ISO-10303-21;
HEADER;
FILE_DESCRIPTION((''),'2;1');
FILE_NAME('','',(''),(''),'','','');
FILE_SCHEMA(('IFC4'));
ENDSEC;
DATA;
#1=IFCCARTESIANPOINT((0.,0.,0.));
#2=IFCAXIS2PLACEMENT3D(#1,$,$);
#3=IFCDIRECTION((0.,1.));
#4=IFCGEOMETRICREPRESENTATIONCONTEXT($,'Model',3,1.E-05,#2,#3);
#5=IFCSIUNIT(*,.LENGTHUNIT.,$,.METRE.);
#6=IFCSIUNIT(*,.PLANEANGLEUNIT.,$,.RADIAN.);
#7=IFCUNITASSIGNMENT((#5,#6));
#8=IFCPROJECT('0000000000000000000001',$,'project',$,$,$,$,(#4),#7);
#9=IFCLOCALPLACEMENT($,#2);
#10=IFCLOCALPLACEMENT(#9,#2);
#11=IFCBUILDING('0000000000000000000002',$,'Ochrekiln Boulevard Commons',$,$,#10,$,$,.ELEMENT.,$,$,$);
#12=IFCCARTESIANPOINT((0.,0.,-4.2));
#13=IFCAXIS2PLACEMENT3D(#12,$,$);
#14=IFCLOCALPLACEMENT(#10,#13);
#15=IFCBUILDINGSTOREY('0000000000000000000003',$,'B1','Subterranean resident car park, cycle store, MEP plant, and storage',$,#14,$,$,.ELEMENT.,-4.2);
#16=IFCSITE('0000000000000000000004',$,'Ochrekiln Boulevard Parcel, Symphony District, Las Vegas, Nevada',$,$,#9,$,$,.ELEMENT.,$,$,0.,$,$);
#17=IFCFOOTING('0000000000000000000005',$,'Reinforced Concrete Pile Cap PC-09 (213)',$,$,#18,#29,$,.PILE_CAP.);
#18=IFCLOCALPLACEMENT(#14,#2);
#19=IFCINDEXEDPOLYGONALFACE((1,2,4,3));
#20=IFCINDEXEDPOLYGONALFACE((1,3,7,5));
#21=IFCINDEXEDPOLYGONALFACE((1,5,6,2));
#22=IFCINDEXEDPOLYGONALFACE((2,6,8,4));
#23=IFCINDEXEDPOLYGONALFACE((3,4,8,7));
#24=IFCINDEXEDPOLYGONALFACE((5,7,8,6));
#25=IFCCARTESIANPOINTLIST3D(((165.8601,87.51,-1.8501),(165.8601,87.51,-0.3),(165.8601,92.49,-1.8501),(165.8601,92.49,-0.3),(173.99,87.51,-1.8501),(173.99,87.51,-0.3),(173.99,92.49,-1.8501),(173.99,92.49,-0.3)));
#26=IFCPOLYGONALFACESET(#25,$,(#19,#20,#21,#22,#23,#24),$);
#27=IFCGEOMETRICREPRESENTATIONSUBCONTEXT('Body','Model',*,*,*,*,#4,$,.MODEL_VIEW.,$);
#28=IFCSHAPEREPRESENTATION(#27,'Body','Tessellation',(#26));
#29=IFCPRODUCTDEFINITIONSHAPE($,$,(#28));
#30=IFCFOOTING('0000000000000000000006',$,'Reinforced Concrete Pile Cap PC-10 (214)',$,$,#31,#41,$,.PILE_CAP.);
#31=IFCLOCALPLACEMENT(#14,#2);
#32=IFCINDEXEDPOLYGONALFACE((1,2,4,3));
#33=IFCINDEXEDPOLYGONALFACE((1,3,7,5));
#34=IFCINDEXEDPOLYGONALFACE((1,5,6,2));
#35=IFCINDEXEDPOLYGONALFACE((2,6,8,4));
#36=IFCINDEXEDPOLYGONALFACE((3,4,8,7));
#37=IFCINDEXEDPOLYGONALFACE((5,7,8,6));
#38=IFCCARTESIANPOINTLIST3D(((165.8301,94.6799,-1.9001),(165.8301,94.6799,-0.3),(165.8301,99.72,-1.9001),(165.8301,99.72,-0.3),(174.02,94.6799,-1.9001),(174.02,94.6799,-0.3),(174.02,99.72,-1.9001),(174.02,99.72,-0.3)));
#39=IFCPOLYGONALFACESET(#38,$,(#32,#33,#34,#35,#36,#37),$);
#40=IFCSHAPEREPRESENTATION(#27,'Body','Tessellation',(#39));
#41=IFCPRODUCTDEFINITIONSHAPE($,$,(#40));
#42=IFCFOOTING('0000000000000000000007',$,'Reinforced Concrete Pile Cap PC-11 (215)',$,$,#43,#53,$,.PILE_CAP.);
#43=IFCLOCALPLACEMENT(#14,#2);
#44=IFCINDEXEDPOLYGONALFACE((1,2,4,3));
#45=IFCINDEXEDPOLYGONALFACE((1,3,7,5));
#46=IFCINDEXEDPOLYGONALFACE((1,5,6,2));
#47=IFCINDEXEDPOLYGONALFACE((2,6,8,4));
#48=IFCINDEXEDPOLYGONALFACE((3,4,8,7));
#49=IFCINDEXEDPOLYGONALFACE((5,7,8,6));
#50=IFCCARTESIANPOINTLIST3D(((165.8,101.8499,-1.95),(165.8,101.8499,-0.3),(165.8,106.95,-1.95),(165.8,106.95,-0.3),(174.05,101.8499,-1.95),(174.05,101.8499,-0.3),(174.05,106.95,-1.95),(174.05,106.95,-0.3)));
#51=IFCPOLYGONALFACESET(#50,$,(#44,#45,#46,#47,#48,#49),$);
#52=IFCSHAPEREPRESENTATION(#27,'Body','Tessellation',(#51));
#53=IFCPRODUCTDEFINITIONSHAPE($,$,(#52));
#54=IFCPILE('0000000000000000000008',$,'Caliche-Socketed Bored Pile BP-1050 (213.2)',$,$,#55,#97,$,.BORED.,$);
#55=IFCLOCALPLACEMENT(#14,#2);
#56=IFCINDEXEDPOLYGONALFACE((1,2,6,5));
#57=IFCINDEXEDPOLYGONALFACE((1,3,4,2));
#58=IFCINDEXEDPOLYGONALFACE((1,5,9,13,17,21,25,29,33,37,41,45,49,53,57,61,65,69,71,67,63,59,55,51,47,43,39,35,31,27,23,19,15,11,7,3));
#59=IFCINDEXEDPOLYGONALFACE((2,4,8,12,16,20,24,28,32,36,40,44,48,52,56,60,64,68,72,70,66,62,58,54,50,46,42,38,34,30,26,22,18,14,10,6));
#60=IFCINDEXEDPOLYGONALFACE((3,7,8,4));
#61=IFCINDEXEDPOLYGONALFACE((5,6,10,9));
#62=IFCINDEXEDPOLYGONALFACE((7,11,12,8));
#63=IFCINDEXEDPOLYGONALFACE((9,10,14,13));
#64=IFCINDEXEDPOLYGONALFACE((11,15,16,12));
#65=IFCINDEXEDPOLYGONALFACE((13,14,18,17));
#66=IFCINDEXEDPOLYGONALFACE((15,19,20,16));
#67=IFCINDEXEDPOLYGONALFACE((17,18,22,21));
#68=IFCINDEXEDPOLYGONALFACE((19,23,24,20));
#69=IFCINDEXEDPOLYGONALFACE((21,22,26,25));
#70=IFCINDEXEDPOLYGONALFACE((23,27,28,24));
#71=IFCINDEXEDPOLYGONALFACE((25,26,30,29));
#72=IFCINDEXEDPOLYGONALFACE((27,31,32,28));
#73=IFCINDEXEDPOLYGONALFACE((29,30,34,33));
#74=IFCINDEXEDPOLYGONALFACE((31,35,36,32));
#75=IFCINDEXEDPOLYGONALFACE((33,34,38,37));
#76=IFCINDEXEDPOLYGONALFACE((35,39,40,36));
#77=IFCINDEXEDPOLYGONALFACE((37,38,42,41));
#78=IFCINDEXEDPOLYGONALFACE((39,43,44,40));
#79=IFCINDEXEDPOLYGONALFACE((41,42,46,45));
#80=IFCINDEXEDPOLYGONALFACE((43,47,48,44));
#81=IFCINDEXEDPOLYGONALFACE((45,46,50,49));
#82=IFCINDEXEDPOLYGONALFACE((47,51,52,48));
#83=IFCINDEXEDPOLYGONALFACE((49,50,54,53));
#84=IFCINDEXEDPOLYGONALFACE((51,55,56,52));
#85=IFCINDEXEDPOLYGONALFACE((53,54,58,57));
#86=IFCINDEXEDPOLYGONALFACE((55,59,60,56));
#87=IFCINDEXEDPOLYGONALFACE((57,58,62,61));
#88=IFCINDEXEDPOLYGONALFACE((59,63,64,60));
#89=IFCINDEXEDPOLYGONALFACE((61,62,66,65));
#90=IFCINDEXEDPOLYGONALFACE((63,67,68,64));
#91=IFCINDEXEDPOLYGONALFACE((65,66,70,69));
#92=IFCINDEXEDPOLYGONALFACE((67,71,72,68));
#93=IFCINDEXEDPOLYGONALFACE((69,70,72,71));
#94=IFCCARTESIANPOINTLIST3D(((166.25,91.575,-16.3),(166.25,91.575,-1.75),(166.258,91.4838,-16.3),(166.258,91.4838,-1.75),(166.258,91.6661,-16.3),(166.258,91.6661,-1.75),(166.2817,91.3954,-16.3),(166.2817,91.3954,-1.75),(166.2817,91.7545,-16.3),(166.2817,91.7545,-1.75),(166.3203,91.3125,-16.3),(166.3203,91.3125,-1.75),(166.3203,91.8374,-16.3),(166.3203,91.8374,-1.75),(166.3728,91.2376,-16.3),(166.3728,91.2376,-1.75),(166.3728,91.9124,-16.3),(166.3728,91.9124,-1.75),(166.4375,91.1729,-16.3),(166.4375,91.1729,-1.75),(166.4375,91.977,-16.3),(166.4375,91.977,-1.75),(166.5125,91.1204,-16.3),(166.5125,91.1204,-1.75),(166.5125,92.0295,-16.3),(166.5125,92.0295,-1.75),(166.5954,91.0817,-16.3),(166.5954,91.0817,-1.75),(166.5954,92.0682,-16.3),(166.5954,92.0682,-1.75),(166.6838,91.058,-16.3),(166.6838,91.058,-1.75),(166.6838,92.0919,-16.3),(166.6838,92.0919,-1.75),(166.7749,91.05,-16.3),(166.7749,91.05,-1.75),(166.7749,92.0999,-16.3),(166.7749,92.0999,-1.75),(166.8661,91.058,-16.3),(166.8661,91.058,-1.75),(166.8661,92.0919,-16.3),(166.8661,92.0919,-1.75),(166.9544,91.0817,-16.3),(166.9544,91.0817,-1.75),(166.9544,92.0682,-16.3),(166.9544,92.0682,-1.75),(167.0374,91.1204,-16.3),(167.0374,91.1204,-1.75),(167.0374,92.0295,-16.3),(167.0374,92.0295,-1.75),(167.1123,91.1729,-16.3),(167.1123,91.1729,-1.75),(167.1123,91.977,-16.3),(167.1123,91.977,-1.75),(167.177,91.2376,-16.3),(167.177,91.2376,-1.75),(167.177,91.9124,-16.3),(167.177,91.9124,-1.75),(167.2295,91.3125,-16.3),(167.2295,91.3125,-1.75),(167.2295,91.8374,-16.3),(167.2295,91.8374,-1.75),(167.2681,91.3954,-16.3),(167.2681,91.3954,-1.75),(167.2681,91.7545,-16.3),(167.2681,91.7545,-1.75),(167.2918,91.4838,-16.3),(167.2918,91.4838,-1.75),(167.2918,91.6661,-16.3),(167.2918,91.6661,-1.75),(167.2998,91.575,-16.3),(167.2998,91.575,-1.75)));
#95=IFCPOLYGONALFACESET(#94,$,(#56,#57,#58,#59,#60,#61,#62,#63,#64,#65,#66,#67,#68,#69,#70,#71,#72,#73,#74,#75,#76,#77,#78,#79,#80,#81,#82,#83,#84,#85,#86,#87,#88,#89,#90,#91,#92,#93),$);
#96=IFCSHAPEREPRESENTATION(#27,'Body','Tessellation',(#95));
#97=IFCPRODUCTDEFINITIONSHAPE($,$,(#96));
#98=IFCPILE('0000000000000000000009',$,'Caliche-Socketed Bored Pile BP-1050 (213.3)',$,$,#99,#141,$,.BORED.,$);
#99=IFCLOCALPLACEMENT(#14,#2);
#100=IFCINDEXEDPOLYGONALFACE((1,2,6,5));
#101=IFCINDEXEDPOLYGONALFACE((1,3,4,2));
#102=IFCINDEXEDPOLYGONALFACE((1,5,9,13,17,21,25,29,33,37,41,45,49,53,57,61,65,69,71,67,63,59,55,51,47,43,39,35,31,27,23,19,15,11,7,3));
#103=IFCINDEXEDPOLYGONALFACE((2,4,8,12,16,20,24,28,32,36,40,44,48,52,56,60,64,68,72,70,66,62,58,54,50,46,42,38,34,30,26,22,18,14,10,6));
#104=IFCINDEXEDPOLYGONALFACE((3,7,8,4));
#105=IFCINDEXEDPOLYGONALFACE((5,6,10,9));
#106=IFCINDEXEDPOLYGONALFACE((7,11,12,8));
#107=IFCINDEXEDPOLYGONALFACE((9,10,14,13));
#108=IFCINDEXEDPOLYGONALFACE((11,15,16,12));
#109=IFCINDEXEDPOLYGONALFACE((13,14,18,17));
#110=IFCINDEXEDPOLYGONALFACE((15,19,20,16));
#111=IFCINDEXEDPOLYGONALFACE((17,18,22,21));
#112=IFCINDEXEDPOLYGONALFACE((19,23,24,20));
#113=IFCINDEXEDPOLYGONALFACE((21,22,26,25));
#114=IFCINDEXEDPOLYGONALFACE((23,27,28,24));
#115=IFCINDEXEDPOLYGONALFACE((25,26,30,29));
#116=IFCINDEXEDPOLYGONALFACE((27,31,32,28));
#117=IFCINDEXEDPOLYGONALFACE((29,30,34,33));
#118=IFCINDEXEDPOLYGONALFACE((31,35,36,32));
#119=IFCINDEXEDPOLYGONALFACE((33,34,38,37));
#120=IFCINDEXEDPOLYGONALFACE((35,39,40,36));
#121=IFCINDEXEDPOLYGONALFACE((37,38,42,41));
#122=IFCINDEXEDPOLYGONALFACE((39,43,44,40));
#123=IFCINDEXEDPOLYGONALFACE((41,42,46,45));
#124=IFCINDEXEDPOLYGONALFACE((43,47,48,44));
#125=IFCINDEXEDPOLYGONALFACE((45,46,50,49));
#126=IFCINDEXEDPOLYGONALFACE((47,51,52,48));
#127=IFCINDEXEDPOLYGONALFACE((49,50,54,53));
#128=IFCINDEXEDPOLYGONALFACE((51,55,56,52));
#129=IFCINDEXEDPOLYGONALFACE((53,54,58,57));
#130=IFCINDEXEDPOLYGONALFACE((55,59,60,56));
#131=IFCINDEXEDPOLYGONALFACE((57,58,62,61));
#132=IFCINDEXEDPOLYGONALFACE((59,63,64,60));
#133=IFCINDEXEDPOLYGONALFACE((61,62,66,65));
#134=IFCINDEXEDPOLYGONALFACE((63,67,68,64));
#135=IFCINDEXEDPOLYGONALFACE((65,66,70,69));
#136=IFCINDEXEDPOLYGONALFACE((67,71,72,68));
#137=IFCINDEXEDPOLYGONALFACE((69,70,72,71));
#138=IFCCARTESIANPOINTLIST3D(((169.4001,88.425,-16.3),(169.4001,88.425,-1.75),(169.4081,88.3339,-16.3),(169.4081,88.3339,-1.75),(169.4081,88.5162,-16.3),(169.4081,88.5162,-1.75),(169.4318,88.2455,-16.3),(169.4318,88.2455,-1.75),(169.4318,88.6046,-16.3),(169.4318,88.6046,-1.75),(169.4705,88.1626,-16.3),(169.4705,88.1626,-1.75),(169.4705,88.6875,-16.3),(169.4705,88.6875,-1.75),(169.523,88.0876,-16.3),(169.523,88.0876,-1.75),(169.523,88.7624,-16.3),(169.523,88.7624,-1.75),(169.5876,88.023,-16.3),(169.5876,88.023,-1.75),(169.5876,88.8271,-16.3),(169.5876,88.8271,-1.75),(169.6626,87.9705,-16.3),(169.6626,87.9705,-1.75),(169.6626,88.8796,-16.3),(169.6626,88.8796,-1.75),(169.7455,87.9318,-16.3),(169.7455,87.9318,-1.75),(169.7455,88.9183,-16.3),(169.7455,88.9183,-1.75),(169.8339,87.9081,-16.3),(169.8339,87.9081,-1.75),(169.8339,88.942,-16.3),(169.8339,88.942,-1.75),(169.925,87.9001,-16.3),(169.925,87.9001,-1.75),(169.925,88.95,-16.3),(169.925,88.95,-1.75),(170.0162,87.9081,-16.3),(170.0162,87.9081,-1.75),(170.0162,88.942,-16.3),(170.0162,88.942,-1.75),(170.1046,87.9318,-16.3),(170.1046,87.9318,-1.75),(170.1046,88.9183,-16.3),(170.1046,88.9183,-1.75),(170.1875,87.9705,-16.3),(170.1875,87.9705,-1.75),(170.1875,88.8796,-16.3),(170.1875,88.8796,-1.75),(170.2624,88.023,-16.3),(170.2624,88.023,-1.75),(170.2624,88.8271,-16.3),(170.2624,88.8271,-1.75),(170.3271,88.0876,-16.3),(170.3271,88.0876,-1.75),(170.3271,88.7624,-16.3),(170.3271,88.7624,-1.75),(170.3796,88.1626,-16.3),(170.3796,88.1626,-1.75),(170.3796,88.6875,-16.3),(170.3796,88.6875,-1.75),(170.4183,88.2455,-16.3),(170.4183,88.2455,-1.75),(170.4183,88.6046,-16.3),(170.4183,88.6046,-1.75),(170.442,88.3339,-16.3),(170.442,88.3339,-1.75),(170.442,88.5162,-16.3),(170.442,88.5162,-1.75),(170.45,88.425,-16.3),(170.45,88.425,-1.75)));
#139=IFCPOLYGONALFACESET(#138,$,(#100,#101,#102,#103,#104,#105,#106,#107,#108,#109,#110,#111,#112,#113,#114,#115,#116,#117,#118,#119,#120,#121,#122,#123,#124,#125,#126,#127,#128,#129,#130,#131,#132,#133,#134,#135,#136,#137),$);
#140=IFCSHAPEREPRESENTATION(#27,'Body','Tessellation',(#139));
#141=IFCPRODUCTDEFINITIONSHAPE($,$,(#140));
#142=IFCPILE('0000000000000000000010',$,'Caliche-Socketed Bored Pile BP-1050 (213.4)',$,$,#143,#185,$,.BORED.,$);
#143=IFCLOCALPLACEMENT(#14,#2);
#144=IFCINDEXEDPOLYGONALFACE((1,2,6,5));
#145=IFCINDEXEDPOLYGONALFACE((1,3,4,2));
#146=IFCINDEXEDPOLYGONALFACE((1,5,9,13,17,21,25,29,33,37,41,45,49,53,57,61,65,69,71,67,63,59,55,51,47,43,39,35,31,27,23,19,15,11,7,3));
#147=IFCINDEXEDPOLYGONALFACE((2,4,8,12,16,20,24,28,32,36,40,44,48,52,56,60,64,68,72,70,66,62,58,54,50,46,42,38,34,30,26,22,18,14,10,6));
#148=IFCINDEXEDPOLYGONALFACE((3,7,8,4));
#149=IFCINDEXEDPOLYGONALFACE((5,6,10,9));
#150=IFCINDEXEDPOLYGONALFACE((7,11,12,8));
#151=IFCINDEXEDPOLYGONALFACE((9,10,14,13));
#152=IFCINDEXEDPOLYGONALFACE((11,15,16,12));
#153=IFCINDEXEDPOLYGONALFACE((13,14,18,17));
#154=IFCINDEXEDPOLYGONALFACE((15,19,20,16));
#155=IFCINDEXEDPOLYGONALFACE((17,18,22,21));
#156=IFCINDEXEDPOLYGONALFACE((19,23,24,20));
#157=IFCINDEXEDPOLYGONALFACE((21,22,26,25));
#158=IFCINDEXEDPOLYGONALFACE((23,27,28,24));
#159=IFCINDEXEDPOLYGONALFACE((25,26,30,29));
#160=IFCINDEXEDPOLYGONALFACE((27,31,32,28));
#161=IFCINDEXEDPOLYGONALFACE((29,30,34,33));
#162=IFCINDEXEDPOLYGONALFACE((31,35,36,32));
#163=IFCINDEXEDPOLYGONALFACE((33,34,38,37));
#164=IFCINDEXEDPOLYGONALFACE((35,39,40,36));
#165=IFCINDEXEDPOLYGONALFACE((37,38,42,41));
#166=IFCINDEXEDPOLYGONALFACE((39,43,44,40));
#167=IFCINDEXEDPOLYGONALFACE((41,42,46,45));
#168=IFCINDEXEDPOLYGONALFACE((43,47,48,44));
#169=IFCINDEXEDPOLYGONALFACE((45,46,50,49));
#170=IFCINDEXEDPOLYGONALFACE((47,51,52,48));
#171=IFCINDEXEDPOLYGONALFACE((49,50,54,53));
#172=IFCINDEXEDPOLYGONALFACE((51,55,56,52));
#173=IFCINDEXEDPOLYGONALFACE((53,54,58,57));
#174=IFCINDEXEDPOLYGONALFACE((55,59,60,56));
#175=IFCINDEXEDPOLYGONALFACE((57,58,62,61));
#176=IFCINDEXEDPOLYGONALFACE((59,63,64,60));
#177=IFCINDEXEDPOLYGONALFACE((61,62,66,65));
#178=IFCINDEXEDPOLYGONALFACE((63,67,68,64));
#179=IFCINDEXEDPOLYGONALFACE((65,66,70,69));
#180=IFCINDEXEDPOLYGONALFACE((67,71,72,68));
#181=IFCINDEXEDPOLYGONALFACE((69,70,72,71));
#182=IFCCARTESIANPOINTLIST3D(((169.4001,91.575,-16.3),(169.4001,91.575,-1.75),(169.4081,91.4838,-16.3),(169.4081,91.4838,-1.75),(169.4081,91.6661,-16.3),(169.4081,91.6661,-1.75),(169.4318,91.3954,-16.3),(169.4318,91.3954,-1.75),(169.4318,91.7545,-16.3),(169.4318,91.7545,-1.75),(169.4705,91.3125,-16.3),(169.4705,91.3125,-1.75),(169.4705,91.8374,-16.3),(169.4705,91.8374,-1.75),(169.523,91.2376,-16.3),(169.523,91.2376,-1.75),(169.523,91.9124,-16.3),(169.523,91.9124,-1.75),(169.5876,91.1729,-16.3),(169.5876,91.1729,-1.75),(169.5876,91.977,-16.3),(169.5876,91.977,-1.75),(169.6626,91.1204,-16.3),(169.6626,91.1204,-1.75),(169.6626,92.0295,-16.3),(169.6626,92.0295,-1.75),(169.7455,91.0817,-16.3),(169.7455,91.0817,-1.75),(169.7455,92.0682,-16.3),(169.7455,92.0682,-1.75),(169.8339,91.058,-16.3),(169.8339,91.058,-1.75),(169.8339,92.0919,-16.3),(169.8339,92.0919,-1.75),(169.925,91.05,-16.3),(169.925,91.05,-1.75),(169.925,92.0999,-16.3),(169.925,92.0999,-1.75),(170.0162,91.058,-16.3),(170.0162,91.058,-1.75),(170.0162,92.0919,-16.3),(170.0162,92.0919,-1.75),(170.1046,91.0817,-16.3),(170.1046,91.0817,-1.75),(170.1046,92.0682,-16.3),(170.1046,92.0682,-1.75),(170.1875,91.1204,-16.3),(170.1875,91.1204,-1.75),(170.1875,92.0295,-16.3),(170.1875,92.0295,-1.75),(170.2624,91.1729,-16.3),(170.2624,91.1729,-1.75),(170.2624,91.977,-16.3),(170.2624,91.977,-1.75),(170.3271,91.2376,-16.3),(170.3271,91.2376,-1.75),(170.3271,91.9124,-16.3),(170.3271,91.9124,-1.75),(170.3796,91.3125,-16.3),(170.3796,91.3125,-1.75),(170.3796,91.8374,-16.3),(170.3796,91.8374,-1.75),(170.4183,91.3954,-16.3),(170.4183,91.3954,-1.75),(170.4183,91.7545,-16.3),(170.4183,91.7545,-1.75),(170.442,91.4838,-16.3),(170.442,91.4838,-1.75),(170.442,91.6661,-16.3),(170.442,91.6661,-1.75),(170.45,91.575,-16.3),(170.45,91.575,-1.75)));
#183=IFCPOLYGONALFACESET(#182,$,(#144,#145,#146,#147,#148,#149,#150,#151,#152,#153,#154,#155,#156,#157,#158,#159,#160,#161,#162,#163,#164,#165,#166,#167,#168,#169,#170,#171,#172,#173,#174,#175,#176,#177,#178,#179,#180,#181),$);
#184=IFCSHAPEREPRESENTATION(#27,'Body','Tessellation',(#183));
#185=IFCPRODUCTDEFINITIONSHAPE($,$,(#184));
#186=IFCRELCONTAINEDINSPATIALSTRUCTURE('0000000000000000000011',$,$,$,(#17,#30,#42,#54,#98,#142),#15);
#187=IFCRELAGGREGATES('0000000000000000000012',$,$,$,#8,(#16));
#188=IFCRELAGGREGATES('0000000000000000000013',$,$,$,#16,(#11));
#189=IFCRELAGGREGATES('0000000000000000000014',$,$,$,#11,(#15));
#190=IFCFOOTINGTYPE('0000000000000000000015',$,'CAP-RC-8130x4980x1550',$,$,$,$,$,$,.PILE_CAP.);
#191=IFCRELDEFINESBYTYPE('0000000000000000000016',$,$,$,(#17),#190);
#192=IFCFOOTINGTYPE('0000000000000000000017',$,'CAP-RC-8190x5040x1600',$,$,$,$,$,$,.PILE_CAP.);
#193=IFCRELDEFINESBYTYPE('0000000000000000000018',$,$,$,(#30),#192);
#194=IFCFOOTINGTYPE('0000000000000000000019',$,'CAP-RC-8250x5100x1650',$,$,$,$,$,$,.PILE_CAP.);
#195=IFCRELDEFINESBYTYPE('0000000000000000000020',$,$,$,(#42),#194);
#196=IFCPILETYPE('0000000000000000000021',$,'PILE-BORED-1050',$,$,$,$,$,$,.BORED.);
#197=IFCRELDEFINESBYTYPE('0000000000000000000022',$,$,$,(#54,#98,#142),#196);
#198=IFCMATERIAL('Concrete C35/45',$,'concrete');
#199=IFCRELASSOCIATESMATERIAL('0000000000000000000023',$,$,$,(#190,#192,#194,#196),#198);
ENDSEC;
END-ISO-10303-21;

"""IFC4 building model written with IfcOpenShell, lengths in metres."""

from ifc_helpers import new_model, si_unit, direction, frame, origin, origin_2d, place, context, subcontext, project, spatial, rectangle, circle, extrude, material, material_profile, profile_set, type_object, element, save


model = new_model("IFC4")

# Units and contexts
model_context = context("Model", 3, precision=1e-05, world=origin(), true_north=direction((0.0, 1.0)))
body_context = subcontext(model_context, "Body", "Model", "MODEL_VIEW")
ifc_project = project(units=[si_unit("LENGTHUNIT", "METRE"), si_unit("PLANEANGLEUNIT", "RADIAN")], contexts=[model_context])

# Site, building, storey
site_placement = place(None, origin())
site = spatial("IfcSite", under=ifc_project, at=site_placement, Name="Ochrekiln Boulevard Parcel, Symphony District, Las Vegas, Nevada", CompositionType="ELEMENT", RefElevation=0.0)
building_placement = place(site_placement, origin())
building = spatial("IfcBuilding", under=site, at=building_placement, Name="Ochrekiln Boulevard Commons", CompositionType="ELEMENT")
storey_placement = place(building_placement, frame((0.0, 0.0, -4.2)))
storey = spatial("IfcBuildingStorey", under=building, at=storey_placement, Name="B1", Description="Subterranean resident car park, cycle store, MEP plant, and storage", CompositionType="ELEMENT", Elevation=-4.2)

# Footings
ifc_material_1 = material(Name="Concrete C35/45", Category="concrete")
footing_type_1 = type_object("IfcFootingType", Name="CAP-RC-8130x4980x1550", PredefinedType="PILE_CAP", material=ifc_material_1)
footing_1_placement = place(storey_placement, frame((169.925, 90.0, -1.8501), z_axis=(0.0, 0.0, 1.0), x_axis=(1.0, 0.0, 0.0)))
element("IfcFooting", 1, at=footing_1_placement, inside=storey, type_object=footing_type_1, Name="Reinforced Concrete Pile Cap PC-09 (213)", PredefinedType="PILE_CAP", context=body_context, shape_type="SweptSolid", body=[
    extrude(rectangle(XDim=8.1299, YDim=4.98, at=origin_2d()), origin(), (0.0, 0.0, 1.0), 1.55),
])
footing_type_2 = type_object("IfcFootingType", Name="CAP-RC-8190x5040x1600", PredefinedType="PILE_CAP", material=ifc_material_1)
footing_2_placement = place(storey_placement, frame((169.925, 97.2, -1.9001), z_axis=(0.0, 0.0, 1.0), x_axis=(1.0, 0.0, 0.0)))
element("IfcFooting", 2, at=footing_2_placement, inside=storey, type_object=footing_type_2, Name="Reinforced Concrete Pile Cap PC-10 (214)", PredefinedType="PILE_CAP", context=body_context, shape_type="SweptSolid", body=[
    extrude(rectangle(XDim=8.1899, YDim=5.04, at=origin_2d()), origin(), (0.0, 0.0, 1.0), 1.6001),
])
footing_type_3 = type_object("IfcFootingType", Name="CAP-RC-8250x5100x1650", PredefinedType="PILE_CAP", material=ifc_material_1)
footing_3_placement = place(storey_placement, frame((169.925, 104.3999, -1.95), z_axis=(0.0, 0.0, 1.0), x_axis=(1.0, 0.0, 0.0)))
element("IfcFooting", 3, at=footing_3_placement, inside=storey, type_object=footing_type_3, Name="Reinforced Concrete Pile Cap PC-11 (215)", PredefinedType="PILE_CAP", context=body_context, shape_type="SweptSolid", body=[
    extrude(rectangle(XDim=8.25, YDim=5.1001, at=origin_2d()), origin(), (0.0, 0.0, 1.0), 1.6499),
])

# Piles
ifc_material_profile_1 = material_profile(ifc_material_1, circle(Radius=0.5249, at=origin_2d()), Name="PILE-D1050")
ifc_profile_set_1 = profile_set([ifc_material_profile_1], Name="Concrete C35/45")
pile_type = type_object("IfcPileType", Name="PILE-BORED-1050", PredefinedType="BORED", material=ifc_profile_set_1)
for number, where, z_axis, x_axis, name in (
    (4, (166.7749, 91.575, -1.75), (0.0, 0.0, -1.0), (1.0, 0.0, 0.0), "Caliche-Socketed Bored Pile BP-1050 (213.2)"),
    (5, (169.925, 88.425, -1.75), (0.0, 0.0, -1.0), (1.0, 0.0, 0.0), "Caliche-Socketed Bored Pile BP-1050 (213.3)"),
    (6, (169.925, 91.575, -1.75), (0.0, 0.0, -1.0), (1.0, 0.0, 0.0), "Caliche-Socketed Bored Pile BP-1050 (213.4)"),
):
    element("IfcPile", number, at=place(storey_placement, frame(where, z_axis=z_axis, x_axis=x_axis)), inside=storey, type_object=pile_type, Name=name, PredefinedType="BORED", context=body_context, shape_type="SweptSolid", body=[
        extrude(circle(Radius=0.5249, at=origin_2d()), origin(), (0.0, 0.0, 1.0), 14.55),
    ])

save(model, "model.ifc")
